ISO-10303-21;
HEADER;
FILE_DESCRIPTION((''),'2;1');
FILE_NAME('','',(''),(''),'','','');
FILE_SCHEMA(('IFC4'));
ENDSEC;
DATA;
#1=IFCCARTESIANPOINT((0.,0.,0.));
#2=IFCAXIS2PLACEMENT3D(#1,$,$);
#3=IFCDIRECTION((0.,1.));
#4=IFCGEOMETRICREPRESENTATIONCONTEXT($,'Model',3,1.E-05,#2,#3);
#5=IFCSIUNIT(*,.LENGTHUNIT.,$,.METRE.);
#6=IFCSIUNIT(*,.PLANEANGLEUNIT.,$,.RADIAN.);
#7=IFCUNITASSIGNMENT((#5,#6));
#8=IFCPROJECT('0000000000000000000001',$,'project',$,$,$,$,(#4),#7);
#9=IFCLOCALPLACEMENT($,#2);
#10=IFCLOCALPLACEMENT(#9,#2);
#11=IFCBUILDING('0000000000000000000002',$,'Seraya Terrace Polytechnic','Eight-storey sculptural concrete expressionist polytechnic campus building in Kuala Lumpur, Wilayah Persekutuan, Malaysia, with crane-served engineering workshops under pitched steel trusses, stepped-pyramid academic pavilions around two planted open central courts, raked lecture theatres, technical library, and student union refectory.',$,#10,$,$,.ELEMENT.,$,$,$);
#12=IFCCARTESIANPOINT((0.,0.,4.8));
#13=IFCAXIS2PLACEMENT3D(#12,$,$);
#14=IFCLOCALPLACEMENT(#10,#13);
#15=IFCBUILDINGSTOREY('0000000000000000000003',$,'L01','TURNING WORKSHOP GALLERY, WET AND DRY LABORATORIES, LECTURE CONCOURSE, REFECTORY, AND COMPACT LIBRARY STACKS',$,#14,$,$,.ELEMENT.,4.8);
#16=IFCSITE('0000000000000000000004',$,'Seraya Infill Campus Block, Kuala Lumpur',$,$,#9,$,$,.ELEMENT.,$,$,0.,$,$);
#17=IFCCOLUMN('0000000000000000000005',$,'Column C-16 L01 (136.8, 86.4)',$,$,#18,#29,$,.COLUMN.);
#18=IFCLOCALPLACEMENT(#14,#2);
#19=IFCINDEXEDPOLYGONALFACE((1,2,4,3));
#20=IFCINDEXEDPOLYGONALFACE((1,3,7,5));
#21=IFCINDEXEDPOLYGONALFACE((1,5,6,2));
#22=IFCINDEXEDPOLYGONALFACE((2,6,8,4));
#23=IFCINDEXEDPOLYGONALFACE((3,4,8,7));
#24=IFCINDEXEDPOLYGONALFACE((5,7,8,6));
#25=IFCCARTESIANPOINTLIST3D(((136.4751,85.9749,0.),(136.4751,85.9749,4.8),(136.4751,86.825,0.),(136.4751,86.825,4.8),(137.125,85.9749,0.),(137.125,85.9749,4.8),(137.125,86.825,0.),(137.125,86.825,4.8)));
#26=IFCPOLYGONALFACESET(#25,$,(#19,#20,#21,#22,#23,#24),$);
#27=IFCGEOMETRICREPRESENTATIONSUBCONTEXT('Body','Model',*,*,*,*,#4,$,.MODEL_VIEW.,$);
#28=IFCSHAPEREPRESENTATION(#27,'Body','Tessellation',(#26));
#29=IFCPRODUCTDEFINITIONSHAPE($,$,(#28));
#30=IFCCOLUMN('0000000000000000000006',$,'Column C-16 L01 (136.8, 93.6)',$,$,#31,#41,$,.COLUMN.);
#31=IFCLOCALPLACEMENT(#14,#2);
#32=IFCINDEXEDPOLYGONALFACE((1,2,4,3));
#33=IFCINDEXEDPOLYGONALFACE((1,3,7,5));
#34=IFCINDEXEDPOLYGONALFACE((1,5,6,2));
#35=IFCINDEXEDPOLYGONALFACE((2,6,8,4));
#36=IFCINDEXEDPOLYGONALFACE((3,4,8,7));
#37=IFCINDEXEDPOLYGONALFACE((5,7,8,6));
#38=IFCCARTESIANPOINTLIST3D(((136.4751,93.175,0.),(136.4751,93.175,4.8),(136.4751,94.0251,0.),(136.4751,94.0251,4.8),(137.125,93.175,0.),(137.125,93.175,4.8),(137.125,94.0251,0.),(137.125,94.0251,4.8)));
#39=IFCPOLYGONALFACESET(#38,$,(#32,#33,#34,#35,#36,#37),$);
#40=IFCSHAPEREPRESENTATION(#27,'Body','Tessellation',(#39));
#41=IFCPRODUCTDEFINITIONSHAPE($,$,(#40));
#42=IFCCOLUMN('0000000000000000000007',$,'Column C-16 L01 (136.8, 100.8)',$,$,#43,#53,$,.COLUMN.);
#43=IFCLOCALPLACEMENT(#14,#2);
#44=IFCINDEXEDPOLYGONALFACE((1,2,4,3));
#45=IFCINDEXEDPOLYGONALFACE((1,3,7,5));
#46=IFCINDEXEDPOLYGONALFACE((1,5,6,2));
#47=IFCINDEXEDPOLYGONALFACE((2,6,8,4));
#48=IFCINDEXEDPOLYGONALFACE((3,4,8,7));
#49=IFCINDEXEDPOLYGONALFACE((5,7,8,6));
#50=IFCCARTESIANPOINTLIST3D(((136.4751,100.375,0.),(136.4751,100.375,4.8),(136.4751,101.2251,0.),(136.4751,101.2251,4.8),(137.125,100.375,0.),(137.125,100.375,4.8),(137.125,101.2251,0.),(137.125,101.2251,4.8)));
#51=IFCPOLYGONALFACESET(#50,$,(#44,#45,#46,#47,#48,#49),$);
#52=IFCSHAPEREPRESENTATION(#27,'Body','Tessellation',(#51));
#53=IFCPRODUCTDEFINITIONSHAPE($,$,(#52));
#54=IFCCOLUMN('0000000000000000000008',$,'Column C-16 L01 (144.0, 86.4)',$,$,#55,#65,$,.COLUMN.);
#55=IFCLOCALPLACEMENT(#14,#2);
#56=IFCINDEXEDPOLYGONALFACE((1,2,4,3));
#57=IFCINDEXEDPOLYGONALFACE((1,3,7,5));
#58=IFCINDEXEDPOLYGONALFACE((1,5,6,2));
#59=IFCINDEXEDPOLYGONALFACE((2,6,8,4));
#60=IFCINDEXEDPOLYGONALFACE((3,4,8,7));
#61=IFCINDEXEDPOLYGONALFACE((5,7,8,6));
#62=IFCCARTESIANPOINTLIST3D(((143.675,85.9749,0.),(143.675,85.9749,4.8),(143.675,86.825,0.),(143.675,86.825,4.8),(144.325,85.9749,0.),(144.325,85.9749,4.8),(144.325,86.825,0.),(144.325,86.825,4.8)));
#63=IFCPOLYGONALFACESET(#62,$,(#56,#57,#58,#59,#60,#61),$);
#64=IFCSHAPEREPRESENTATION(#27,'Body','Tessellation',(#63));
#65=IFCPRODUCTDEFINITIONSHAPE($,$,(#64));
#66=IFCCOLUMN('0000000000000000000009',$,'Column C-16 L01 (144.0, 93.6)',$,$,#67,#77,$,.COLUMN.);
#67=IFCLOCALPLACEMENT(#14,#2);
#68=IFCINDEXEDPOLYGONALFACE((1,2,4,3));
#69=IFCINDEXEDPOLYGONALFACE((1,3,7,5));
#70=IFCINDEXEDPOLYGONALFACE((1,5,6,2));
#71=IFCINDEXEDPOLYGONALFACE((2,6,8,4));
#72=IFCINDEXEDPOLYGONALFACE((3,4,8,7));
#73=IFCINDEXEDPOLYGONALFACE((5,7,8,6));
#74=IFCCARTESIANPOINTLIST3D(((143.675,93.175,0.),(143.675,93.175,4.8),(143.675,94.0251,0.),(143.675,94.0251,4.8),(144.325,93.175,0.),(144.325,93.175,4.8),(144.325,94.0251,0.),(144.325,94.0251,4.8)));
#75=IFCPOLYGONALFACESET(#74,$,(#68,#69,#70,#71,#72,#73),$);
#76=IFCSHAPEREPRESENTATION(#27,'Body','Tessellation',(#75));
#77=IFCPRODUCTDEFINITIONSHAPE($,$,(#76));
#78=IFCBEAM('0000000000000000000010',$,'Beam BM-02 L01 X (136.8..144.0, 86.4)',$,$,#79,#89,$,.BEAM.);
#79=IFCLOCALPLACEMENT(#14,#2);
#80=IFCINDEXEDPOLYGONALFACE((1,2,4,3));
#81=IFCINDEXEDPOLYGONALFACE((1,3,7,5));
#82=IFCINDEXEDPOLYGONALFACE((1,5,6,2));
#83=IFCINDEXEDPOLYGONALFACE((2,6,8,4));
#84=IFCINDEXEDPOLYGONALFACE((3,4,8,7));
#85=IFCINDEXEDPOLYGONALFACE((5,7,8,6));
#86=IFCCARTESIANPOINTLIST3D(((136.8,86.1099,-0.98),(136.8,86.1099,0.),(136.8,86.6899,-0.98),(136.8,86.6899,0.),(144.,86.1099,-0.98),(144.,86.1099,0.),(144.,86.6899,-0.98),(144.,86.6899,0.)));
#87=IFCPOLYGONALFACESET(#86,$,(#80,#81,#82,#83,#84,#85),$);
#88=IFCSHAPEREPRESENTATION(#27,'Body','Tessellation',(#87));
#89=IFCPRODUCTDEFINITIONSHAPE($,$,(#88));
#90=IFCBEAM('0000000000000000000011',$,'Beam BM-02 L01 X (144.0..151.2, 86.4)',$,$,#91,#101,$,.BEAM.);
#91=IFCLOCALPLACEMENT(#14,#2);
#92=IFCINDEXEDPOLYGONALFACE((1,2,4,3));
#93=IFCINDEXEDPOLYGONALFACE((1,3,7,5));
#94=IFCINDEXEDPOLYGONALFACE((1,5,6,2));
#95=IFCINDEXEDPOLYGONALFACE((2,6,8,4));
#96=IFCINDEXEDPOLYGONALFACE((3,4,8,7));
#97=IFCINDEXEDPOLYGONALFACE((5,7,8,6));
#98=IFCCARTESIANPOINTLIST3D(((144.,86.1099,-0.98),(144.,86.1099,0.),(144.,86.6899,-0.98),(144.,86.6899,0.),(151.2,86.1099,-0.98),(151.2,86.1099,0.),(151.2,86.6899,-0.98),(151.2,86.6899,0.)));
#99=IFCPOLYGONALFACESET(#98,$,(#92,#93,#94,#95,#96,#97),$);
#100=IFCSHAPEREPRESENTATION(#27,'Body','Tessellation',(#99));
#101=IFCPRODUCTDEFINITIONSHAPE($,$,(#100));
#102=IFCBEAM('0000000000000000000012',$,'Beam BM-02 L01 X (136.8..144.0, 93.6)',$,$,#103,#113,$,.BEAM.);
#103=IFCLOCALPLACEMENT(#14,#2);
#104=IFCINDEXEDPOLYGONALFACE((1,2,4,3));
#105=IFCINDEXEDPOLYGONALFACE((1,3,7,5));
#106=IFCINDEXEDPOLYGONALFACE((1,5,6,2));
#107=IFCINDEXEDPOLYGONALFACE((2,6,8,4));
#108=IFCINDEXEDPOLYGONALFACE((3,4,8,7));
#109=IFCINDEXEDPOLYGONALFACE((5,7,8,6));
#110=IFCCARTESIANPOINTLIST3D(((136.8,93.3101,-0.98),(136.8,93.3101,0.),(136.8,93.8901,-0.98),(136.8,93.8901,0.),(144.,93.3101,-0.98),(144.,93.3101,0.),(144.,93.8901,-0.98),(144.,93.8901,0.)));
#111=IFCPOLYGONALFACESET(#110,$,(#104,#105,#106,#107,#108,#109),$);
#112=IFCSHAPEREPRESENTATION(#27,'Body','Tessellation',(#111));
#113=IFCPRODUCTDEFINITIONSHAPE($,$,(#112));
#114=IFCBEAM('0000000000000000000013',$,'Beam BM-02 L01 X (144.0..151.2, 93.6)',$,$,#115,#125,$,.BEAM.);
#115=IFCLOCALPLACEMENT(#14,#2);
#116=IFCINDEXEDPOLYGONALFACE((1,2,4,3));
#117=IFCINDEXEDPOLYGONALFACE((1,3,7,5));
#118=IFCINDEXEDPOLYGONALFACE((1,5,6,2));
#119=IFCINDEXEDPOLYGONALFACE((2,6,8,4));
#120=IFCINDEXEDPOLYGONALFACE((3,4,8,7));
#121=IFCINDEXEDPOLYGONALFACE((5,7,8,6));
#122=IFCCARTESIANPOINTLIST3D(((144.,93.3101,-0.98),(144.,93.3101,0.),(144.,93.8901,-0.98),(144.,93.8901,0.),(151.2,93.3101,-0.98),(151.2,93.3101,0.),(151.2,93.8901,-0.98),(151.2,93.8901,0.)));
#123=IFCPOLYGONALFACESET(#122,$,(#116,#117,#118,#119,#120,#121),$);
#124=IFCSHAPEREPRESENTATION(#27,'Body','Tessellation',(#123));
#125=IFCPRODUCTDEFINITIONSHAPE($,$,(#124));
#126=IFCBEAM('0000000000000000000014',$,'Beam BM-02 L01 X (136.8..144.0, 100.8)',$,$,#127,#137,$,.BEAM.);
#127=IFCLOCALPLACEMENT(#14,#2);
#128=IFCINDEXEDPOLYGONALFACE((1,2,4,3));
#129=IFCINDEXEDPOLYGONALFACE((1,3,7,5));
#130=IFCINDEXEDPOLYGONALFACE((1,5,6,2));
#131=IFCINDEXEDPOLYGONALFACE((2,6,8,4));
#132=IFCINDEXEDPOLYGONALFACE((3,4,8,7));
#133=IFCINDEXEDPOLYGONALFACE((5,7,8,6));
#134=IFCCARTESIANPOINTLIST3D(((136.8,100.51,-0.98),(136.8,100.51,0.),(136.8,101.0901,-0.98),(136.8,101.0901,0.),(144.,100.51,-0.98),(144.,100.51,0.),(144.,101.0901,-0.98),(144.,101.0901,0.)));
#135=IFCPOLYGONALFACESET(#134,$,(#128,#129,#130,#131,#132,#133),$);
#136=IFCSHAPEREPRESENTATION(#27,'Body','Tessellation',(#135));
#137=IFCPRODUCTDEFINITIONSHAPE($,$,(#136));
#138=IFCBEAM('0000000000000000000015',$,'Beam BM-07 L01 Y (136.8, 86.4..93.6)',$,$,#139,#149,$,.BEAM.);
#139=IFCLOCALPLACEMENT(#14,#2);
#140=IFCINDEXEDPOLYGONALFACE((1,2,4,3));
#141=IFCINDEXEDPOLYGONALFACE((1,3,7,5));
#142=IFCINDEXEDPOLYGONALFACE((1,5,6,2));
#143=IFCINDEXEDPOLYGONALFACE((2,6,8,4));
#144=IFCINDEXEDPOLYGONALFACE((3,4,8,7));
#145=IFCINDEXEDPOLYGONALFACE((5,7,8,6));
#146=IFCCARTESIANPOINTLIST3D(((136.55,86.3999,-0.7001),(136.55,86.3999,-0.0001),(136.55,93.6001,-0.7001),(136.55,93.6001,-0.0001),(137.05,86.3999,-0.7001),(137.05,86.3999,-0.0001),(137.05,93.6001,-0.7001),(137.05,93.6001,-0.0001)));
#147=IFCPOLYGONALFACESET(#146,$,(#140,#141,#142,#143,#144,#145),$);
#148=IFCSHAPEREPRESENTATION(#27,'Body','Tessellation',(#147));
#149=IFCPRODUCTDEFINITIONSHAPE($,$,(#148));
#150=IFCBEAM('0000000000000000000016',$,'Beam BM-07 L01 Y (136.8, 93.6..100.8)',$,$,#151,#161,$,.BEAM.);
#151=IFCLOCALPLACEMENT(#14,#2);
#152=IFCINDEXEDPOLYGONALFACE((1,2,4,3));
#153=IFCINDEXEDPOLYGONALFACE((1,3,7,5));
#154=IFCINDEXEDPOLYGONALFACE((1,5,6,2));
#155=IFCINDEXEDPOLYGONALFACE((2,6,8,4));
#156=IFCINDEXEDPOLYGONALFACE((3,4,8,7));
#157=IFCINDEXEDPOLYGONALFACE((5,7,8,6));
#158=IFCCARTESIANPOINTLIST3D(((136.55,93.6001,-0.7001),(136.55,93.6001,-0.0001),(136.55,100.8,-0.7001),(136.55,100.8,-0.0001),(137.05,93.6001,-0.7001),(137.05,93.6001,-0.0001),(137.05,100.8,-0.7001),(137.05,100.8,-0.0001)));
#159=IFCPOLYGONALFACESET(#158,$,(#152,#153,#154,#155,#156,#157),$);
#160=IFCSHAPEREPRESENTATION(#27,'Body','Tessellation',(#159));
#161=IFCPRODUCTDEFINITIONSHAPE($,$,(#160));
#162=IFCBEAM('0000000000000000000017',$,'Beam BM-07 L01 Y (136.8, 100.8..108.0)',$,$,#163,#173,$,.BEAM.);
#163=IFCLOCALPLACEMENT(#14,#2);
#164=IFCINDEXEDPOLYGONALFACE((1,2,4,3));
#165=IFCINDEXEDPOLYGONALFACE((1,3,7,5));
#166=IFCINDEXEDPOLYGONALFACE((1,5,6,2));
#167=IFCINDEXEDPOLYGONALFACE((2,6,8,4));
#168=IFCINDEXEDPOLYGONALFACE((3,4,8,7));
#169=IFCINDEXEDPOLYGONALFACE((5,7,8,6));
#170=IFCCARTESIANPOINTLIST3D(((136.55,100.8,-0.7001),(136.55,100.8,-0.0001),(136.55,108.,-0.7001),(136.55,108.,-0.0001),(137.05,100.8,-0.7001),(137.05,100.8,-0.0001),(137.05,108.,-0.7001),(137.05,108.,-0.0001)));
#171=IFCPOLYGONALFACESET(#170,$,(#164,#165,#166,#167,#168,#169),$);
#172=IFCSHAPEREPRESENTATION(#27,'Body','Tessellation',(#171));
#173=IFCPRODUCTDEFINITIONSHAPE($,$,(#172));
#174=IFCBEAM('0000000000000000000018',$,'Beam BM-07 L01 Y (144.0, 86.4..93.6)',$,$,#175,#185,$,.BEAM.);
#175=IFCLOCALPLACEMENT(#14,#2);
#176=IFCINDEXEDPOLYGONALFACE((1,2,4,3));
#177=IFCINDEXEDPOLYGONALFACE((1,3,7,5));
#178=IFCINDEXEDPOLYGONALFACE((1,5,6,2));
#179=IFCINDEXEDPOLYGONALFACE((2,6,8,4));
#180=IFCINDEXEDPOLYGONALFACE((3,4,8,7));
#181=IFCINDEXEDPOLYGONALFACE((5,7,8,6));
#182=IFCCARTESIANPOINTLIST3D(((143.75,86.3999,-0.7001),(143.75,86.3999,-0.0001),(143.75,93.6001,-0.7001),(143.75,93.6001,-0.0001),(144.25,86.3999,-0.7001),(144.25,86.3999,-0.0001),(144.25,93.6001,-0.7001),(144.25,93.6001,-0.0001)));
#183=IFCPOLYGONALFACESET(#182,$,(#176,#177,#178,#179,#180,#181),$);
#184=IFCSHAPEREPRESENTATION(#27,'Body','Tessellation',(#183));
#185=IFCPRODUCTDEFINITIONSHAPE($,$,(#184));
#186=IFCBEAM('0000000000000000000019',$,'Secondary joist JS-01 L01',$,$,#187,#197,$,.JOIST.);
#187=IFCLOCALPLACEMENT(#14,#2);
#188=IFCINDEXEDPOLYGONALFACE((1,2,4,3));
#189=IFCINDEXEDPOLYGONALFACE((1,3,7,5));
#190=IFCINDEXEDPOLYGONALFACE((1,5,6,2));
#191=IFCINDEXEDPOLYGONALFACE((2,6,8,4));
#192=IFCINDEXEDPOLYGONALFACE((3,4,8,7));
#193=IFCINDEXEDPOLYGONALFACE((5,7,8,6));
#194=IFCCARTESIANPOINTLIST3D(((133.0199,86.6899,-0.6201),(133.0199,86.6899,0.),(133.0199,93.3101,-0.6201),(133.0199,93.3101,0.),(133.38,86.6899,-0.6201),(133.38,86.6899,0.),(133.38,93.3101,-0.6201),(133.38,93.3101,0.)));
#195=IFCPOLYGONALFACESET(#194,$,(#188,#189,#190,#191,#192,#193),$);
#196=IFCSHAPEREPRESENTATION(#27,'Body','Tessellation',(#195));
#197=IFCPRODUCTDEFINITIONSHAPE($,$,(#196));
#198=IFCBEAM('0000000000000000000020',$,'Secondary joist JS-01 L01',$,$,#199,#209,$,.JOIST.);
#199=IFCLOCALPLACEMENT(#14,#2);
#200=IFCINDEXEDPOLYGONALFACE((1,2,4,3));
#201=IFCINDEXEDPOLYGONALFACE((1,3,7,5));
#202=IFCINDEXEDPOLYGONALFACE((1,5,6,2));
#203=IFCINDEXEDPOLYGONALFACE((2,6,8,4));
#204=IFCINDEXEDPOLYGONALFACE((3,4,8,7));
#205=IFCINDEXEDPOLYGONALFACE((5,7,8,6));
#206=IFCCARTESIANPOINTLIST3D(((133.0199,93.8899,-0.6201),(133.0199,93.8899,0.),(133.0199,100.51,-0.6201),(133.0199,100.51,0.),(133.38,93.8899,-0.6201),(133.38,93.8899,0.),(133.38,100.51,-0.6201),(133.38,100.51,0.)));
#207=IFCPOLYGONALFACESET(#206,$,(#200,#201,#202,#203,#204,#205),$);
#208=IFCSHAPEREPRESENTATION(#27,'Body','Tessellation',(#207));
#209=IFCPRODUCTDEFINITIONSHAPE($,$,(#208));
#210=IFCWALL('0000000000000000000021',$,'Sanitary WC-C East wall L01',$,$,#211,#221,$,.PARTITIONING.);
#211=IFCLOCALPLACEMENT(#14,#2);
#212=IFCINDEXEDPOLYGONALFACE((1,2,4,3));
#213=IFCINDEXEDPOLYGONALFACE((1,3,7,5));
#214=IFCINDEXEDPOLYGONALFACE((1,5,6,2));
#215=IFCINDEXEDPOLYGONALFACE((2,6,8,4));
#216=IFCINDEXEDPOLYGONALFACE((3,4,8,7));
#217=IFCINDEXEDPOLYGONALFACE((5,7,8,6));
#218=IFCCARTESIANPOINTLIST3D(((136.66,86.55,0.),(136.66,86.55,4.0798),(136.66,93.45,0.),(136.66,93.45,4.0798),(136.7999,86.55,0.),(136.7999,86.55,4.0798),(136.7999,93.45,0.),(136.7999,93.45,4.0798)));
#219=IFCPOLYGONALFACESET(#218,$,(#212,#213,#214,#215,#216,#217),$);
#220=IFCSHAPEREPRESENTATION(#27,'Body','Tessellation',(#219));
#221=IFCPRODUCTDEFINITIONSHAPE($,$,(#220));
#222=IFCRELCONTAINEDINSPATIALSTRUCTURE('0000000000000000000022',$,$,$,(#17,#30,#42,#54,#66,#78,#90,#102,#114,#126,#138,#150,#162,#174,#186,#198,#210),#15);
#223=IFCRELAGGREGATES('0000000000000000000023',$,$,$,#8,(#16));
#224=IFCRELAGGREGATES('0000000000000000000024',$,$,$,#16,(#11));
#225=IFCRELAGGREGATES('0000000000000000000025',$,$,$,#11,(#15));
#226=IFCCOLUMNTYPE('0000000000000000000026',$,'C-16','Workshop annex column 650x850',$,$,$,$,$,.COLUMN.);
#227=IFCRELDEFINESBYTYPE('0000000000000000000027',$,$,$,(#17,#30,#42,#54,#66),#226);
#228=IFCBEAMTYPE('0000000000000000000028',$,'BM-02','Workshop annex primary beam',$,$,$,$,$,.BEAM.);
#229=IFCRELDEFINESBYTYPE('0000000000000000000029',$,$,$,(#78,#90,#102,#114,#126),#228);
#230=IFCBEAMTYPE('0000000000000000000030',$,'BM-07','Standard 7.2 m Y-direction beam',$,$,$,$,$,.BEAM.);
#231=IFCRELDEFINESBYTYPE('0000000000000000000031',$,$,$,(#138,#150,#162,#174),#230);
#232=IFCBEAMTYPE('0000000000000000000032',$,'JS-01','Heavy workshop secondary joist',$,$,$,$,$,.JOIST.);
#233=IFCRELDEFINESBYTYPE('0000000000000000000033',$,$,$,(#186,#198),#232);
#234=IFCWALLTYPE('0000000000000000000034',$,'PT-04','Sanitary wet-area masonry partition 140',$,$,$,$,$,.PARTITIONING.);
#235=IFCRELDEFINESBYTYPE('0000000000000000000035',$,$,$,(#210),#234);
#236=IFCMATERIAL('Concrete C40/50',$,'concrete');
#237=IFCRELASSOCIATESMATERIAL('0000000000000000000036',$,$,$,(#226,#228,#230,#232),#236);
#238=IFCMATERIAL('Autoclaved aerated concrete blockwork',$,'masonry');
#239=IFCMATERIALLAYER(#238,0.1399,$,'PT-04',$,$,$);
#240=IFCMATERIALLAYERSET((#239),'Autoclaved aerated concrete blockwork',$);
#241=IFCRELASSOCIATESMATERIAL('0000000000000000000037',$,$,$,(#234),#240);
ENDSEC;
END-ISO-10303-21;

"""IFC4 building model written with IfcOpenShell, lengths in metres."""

from ifc_helpers import new_model, si_unit, direction, frame, frame_2d, origin, origin_2d, place, context, subcontext, project, spatial, rectangle, extrude, material, layer, layer_set, material_profile, profile_set, type_object, element, save


model = new_model("IFC4")

# Units and contexts
model_context = context("Model", 3, precision=1e-05, world=origin(), true_north=direction((0.0, 1.0)))
body_context = subcontext(model_context, "Body", "Model", "MODEL_VIEW")
ifc_project = project(units=[si_unit("LENGTHUNIT", "METRE"), si_unit("PLANEANGLEUNIT", "RADIAN")], contexts=[model_context])

# Site, building, storey
site_placement = place(None, origin())
site = spatial("IfcSite", under=ifc_project, at=site_placement, Name="Seraya Infill Campus Block, Kuala Lumpur", CompositionType="ELEMENT", RefElevation=0.0)
building_placement = place(site_placement, origin())
building = spatial("IfcBuilding", under=site, at=building_placement, Name="Seraya Terrace Polytechnic", Description="Eight-storey sculptural concrete expressionist polytechnic campus building in Kuala Lumpur, Wilayah Persekutuan, Malaysia, with crane-served engineering workshops under pitched steel trusses, stepped-pyramid academic pavilions around two planted open central courts, raked lecture theatres, technical library, and student union refectory.", CompositionType="ELEMENT")
storey_placement = place(building_placement, frame((0.0, 0.0, 4.8)))
storey = spatial("IfcBuildingStorey", under=building, at=storey_placement, Name="L01", Description="TURNING WORKSHOP GALLERY, WET AND DRY LABORATORIES, LECTURE CONCOURSE, REFECTORY, AND COMPACT LIBRARY STACKS", CompositionType="ELEMENT", Elevation=4.8)

# Columns
ifc_material_1 = material(Name="Concrete C40/50", Category="concrete")
ifc_material_profile_1 = material_profile(ifc_material_1, rectangle(XDim=0.6499, YDim=0.8501, at=origin_2d()), Name="RC 650x850")
ifc_profile_set_1 = profile_set([ifc_material_profile_1], Name="Concrete C40/50")
column_type = type_object("IfcColumnType", Name="C-16", Description="Workshop annex column 650x850", PredefinedType="COLUMN", material=ifc_profile_set_1)
for number, where, z_axis, x_axis, name in (
    (1, (136.8, 86.3999, 0.0), (0.0, 0.0, 1.0), (1.0, 0.0, 0.0), "Column C-16 L01 (136.8, 86.4)"),
    (2, (136.8, 93.6001, 0.0), (0.0, 0.0, 1.0), (1.0, 0.0, 0.0), "Column C-16 L01 (136.8, 93.6)"),
    (3, (136.8, 100.8, 0.0), (0.0, 0.0, 1.0), (1.0, 0.0, 0.0), "Column C-16 L01 (136.8, 100.8)"),
    (4, (144.0, 86.3999, 0.0), (0.0, 0.0, 1.0), (1.0, 0.0, 0.0), "Column C-16 L01 (144.0, 86.4)"),
    (5, (144.0, 93.6001, 0.0), (0.0, 0.0, 1.0), (1.0, 0.0, 0.0), "Column C-16 L01 (144.0, 93.6)"),
):
    element("IfcColumn", number, at=place(storey_placement, frame(where, z_axis=z_axis, x_axis=x_axis)), inside=storey, type_object=column_type, Name=name, PredefinedType="COLUMN", context=body_context, shape_type="SweptSolid", body=[
        extrude(rectangle(XDim=0.6499, YDim=0.8501, at=origin_2d()), origin(), (0.0, 0.0, 1.0), 4.8),
    ])

# Beams
ifc_material_profile_2 = material_profile(ifc_material_1, rectangle(XDim=0.5801, YDim=0.98, at=origin_2d()), Name="RC 580x980")
ifc_profile_set_2 = profile_set([ifc_material_profile_2], Name="Concrete C40/50")
beam_type_1 = type_object("IfcBeamType", Name="BM-02", Description="Workshop annex primary beam", PredefinedType="BEAM", material=ifc_profile_set_2)
for number, where, z_axis, x_axis, name in (
    (6, (136.8, 86.3999, -0.49), (1.0, 0.0, 0.0), (0.0, 1.0, 0.0), "Beam BM-02 L01 X (136.8..144.0, 86.4)"),
    (7, (144.0, 86.3999, -0.49), (1.0, 0.0, 0.0), (0.0, 1.0, 0.0), "Beam BM-02 L01 X (144.0..151.2, 86.4)"),
    (8, (136.8, 93.6001, -0.49), (1.0, 0.0, 0.0), (0.0, 1.0, 0.0), "Beam BM-02 L01 X (136.8..144.0, 93.6)"),
    (9, (144.0, 93.6001, -0.49), (1.0, 0.0, 0.0), (0.0, 1.0, 0.0), "Beam BM-02 L01 X (144.0..151.2, 93.6)"),
    (10, (136.8, 100.8, -0.49), (1.0, 0.0, 0.0), (0.0, 1.0, 0.0), "Beam BM-02 L01 X (136.8..144.0, 100.8)"),
):
    element("IfcBeam", number, at=place(storey_placement, frame(where, z_axis=z_axis, x_axis=x_axis)), inside=storey, type_object=beam_type_1, Name=name, PredefinedType="BEAM", context=body_context, shape_type="SweptSolid", body=[
        extrude(rectangle(XDim=0.5801, YDim=0.98, at=origin_2d()), origin(), (0.0, 0.0, 1.0), 7.2),
    ])
ifc_material_profile_3 = material_profile(ifc_material_1, rectangle(XDim=0.5, YDim=0.7, at=origin_2d()), Name="RC 500x700")
ifc_profile_set_3 = profile_set([ifc_material_profile_3], Name="Concrete C40/50")
beam_type_2 = type_object("IfcBeamType", Name="BM-07", Description="Standard 7.2 m Y-direction beam", PredefinedType="BEAM", material=ifc_profile_set_3)
beam_1_placement = place(storey_placement, frame((136.8, 86.3999, -0.3501), z_axis=(0.0, 1.0, 0.0), x_axis=(-1.0, 0.0, 0.0)))
element("IfcBeam", 11, at=beam_1_placement, inside=storey, type_object=beam_type_2, Name="Beam BM-07 L01 Y (136.8, 86.4..93.6)", PredefinedType="BEAM", context=body_context, shape_type="SweptSolid", body=[
    extrude(rectangle(XDim=0.5, YDim=0.7, at=origin_2d()), origin(), (0.0, 0.0, 1.0), 7.2002),
])
for number, where, z_axis, x_axis, name in (
    (12, (136.8, 93.6001, -0.3501), (0.0, 1.0, 0.0), (-1.0, 0.0, 0.0), "Beam BM-07 L01 Y (136.8, 93.6..100.8)"),
    (13, (136.8, 100.8, -0.3501), (0.0, 1.0, 0.0), (-1.0, 0.0, 0.0), "Beam BM-07 L01 Y (136.8, 100.8..108.0)"),
):
    element("IfcBeam", number, at=place(storey_placement, frame(where, z_axis=z_axis, x_axis=x_axis)), inside=storey, type_object=beam_type_2, Name=name, PredefinedType="BEAM", context=body_context, shape_type="SweptSolid", body=[
        extrude(rectangle(XDim=0.5, YDim=0.7, at=origin_2d()), origin(), (0.0, 0.0, 1.0), 7.2),
    ])
beam_2_placement = place(storey_placement, frame((144.0, 86.3999, -0.3501), z_axis=(0.0, 1.0, 0.0), x_axis=(-1.0, 0.0, 0.0)))
element("IfcBeam", 14, at=beam_2_placement, inside=storey, type_object=beam_type_2, Name="Beam BM-07 L01 Y (144.0, 86.4..93.6)", PredefinedType="BEAM", context=body_context, shape_type="SweptSolid", body=[
    extrude(rectangle(XDim=0.5, YDim=0.7, at=origin_2d()), origin(), (0.0, 0.0, 1.0), 7.2002),
])
ifc_material_profile_4 = material_profile(ifc_material_1, rectangle(XDim=0.3601, YDim=0.6201, at=origin_2d()), Name="RC 360x620")
ifc_profile_set_4 = profile_set([ifc_material_profile_4], Name="Concrete C40/50")
beam_type_3 = type_object("IfcBeamType", Name="JS-01", Description="Heavy workshop secondary joist", PredefinedType="JOIST", material=ifc_profile_set_4)
for number, where, z_axis, x_axis, name in (
    (15, (133.2, 86.6899, -0.3101), (0.0, 1.0, 0.0), (-1.0, 0.0, 0.0), "Secondary joist JS-01 L01"),
    (16, (133.2, 93.8899, -0.3101), (0.0, 1.0, 0.0), (-1.0, 0.0, 0.0), "Secondary joist JS-01 L01"),
):
    element("IfcBeam", number, at=place(storey_placement, frame(where, z_axis=z_axis, x_axis=x_axis)), inside=storey, type_object=beam_type_3, Name=name, PredefinedType="JOIST", context=body_context, shape_type="SweptSolid", body=[
        extrude(rectangle(XDim=0.3601, YDim=0.6201, at=origin_2d()), origin(), (0.0, 0.0, 1.0), 6.6201),
    ])

# Wall
ifc_material_2 = material(Name="Autoclaved aerated concrete blockwork", Category="masonry")
ifc_layer = layer(ifc_material_2, 0.1399, Name="PT-04")
ifc_layer_set = layer_set([ifc_layer], Name="Autoclaved aerated concrete blockwork")
wall_type = type_object("IfcWallType", Name="PT-04", Description="Sanitary wet-area masonry partition 140", PredefinedType="PARTITIONING", material=ifc_layer_set)
wall_1_placement = place(storey_placement, frame((136.73, 86.55, 0.0), z_axis=(0.0, 0.0, 1.0), x_axis=(0.0, 1.0, 0.0)))
element("IfcWall", 17, at=wall_1_placement, inside=storey, type_object=wall_type, Name="Sanitary WC-C East wall L01", PredefinedType="PARTITIONING", context=body_context, shape_type="SweptSolid", body=[
    extrude(rectangle(XDim=6.8999, YDim=0.1399, at=frame_2d((3.45, 0.0))), origin(), (0.0, 0.0, 1.0), 4.0798),
])

save(model, "model.ifc")
